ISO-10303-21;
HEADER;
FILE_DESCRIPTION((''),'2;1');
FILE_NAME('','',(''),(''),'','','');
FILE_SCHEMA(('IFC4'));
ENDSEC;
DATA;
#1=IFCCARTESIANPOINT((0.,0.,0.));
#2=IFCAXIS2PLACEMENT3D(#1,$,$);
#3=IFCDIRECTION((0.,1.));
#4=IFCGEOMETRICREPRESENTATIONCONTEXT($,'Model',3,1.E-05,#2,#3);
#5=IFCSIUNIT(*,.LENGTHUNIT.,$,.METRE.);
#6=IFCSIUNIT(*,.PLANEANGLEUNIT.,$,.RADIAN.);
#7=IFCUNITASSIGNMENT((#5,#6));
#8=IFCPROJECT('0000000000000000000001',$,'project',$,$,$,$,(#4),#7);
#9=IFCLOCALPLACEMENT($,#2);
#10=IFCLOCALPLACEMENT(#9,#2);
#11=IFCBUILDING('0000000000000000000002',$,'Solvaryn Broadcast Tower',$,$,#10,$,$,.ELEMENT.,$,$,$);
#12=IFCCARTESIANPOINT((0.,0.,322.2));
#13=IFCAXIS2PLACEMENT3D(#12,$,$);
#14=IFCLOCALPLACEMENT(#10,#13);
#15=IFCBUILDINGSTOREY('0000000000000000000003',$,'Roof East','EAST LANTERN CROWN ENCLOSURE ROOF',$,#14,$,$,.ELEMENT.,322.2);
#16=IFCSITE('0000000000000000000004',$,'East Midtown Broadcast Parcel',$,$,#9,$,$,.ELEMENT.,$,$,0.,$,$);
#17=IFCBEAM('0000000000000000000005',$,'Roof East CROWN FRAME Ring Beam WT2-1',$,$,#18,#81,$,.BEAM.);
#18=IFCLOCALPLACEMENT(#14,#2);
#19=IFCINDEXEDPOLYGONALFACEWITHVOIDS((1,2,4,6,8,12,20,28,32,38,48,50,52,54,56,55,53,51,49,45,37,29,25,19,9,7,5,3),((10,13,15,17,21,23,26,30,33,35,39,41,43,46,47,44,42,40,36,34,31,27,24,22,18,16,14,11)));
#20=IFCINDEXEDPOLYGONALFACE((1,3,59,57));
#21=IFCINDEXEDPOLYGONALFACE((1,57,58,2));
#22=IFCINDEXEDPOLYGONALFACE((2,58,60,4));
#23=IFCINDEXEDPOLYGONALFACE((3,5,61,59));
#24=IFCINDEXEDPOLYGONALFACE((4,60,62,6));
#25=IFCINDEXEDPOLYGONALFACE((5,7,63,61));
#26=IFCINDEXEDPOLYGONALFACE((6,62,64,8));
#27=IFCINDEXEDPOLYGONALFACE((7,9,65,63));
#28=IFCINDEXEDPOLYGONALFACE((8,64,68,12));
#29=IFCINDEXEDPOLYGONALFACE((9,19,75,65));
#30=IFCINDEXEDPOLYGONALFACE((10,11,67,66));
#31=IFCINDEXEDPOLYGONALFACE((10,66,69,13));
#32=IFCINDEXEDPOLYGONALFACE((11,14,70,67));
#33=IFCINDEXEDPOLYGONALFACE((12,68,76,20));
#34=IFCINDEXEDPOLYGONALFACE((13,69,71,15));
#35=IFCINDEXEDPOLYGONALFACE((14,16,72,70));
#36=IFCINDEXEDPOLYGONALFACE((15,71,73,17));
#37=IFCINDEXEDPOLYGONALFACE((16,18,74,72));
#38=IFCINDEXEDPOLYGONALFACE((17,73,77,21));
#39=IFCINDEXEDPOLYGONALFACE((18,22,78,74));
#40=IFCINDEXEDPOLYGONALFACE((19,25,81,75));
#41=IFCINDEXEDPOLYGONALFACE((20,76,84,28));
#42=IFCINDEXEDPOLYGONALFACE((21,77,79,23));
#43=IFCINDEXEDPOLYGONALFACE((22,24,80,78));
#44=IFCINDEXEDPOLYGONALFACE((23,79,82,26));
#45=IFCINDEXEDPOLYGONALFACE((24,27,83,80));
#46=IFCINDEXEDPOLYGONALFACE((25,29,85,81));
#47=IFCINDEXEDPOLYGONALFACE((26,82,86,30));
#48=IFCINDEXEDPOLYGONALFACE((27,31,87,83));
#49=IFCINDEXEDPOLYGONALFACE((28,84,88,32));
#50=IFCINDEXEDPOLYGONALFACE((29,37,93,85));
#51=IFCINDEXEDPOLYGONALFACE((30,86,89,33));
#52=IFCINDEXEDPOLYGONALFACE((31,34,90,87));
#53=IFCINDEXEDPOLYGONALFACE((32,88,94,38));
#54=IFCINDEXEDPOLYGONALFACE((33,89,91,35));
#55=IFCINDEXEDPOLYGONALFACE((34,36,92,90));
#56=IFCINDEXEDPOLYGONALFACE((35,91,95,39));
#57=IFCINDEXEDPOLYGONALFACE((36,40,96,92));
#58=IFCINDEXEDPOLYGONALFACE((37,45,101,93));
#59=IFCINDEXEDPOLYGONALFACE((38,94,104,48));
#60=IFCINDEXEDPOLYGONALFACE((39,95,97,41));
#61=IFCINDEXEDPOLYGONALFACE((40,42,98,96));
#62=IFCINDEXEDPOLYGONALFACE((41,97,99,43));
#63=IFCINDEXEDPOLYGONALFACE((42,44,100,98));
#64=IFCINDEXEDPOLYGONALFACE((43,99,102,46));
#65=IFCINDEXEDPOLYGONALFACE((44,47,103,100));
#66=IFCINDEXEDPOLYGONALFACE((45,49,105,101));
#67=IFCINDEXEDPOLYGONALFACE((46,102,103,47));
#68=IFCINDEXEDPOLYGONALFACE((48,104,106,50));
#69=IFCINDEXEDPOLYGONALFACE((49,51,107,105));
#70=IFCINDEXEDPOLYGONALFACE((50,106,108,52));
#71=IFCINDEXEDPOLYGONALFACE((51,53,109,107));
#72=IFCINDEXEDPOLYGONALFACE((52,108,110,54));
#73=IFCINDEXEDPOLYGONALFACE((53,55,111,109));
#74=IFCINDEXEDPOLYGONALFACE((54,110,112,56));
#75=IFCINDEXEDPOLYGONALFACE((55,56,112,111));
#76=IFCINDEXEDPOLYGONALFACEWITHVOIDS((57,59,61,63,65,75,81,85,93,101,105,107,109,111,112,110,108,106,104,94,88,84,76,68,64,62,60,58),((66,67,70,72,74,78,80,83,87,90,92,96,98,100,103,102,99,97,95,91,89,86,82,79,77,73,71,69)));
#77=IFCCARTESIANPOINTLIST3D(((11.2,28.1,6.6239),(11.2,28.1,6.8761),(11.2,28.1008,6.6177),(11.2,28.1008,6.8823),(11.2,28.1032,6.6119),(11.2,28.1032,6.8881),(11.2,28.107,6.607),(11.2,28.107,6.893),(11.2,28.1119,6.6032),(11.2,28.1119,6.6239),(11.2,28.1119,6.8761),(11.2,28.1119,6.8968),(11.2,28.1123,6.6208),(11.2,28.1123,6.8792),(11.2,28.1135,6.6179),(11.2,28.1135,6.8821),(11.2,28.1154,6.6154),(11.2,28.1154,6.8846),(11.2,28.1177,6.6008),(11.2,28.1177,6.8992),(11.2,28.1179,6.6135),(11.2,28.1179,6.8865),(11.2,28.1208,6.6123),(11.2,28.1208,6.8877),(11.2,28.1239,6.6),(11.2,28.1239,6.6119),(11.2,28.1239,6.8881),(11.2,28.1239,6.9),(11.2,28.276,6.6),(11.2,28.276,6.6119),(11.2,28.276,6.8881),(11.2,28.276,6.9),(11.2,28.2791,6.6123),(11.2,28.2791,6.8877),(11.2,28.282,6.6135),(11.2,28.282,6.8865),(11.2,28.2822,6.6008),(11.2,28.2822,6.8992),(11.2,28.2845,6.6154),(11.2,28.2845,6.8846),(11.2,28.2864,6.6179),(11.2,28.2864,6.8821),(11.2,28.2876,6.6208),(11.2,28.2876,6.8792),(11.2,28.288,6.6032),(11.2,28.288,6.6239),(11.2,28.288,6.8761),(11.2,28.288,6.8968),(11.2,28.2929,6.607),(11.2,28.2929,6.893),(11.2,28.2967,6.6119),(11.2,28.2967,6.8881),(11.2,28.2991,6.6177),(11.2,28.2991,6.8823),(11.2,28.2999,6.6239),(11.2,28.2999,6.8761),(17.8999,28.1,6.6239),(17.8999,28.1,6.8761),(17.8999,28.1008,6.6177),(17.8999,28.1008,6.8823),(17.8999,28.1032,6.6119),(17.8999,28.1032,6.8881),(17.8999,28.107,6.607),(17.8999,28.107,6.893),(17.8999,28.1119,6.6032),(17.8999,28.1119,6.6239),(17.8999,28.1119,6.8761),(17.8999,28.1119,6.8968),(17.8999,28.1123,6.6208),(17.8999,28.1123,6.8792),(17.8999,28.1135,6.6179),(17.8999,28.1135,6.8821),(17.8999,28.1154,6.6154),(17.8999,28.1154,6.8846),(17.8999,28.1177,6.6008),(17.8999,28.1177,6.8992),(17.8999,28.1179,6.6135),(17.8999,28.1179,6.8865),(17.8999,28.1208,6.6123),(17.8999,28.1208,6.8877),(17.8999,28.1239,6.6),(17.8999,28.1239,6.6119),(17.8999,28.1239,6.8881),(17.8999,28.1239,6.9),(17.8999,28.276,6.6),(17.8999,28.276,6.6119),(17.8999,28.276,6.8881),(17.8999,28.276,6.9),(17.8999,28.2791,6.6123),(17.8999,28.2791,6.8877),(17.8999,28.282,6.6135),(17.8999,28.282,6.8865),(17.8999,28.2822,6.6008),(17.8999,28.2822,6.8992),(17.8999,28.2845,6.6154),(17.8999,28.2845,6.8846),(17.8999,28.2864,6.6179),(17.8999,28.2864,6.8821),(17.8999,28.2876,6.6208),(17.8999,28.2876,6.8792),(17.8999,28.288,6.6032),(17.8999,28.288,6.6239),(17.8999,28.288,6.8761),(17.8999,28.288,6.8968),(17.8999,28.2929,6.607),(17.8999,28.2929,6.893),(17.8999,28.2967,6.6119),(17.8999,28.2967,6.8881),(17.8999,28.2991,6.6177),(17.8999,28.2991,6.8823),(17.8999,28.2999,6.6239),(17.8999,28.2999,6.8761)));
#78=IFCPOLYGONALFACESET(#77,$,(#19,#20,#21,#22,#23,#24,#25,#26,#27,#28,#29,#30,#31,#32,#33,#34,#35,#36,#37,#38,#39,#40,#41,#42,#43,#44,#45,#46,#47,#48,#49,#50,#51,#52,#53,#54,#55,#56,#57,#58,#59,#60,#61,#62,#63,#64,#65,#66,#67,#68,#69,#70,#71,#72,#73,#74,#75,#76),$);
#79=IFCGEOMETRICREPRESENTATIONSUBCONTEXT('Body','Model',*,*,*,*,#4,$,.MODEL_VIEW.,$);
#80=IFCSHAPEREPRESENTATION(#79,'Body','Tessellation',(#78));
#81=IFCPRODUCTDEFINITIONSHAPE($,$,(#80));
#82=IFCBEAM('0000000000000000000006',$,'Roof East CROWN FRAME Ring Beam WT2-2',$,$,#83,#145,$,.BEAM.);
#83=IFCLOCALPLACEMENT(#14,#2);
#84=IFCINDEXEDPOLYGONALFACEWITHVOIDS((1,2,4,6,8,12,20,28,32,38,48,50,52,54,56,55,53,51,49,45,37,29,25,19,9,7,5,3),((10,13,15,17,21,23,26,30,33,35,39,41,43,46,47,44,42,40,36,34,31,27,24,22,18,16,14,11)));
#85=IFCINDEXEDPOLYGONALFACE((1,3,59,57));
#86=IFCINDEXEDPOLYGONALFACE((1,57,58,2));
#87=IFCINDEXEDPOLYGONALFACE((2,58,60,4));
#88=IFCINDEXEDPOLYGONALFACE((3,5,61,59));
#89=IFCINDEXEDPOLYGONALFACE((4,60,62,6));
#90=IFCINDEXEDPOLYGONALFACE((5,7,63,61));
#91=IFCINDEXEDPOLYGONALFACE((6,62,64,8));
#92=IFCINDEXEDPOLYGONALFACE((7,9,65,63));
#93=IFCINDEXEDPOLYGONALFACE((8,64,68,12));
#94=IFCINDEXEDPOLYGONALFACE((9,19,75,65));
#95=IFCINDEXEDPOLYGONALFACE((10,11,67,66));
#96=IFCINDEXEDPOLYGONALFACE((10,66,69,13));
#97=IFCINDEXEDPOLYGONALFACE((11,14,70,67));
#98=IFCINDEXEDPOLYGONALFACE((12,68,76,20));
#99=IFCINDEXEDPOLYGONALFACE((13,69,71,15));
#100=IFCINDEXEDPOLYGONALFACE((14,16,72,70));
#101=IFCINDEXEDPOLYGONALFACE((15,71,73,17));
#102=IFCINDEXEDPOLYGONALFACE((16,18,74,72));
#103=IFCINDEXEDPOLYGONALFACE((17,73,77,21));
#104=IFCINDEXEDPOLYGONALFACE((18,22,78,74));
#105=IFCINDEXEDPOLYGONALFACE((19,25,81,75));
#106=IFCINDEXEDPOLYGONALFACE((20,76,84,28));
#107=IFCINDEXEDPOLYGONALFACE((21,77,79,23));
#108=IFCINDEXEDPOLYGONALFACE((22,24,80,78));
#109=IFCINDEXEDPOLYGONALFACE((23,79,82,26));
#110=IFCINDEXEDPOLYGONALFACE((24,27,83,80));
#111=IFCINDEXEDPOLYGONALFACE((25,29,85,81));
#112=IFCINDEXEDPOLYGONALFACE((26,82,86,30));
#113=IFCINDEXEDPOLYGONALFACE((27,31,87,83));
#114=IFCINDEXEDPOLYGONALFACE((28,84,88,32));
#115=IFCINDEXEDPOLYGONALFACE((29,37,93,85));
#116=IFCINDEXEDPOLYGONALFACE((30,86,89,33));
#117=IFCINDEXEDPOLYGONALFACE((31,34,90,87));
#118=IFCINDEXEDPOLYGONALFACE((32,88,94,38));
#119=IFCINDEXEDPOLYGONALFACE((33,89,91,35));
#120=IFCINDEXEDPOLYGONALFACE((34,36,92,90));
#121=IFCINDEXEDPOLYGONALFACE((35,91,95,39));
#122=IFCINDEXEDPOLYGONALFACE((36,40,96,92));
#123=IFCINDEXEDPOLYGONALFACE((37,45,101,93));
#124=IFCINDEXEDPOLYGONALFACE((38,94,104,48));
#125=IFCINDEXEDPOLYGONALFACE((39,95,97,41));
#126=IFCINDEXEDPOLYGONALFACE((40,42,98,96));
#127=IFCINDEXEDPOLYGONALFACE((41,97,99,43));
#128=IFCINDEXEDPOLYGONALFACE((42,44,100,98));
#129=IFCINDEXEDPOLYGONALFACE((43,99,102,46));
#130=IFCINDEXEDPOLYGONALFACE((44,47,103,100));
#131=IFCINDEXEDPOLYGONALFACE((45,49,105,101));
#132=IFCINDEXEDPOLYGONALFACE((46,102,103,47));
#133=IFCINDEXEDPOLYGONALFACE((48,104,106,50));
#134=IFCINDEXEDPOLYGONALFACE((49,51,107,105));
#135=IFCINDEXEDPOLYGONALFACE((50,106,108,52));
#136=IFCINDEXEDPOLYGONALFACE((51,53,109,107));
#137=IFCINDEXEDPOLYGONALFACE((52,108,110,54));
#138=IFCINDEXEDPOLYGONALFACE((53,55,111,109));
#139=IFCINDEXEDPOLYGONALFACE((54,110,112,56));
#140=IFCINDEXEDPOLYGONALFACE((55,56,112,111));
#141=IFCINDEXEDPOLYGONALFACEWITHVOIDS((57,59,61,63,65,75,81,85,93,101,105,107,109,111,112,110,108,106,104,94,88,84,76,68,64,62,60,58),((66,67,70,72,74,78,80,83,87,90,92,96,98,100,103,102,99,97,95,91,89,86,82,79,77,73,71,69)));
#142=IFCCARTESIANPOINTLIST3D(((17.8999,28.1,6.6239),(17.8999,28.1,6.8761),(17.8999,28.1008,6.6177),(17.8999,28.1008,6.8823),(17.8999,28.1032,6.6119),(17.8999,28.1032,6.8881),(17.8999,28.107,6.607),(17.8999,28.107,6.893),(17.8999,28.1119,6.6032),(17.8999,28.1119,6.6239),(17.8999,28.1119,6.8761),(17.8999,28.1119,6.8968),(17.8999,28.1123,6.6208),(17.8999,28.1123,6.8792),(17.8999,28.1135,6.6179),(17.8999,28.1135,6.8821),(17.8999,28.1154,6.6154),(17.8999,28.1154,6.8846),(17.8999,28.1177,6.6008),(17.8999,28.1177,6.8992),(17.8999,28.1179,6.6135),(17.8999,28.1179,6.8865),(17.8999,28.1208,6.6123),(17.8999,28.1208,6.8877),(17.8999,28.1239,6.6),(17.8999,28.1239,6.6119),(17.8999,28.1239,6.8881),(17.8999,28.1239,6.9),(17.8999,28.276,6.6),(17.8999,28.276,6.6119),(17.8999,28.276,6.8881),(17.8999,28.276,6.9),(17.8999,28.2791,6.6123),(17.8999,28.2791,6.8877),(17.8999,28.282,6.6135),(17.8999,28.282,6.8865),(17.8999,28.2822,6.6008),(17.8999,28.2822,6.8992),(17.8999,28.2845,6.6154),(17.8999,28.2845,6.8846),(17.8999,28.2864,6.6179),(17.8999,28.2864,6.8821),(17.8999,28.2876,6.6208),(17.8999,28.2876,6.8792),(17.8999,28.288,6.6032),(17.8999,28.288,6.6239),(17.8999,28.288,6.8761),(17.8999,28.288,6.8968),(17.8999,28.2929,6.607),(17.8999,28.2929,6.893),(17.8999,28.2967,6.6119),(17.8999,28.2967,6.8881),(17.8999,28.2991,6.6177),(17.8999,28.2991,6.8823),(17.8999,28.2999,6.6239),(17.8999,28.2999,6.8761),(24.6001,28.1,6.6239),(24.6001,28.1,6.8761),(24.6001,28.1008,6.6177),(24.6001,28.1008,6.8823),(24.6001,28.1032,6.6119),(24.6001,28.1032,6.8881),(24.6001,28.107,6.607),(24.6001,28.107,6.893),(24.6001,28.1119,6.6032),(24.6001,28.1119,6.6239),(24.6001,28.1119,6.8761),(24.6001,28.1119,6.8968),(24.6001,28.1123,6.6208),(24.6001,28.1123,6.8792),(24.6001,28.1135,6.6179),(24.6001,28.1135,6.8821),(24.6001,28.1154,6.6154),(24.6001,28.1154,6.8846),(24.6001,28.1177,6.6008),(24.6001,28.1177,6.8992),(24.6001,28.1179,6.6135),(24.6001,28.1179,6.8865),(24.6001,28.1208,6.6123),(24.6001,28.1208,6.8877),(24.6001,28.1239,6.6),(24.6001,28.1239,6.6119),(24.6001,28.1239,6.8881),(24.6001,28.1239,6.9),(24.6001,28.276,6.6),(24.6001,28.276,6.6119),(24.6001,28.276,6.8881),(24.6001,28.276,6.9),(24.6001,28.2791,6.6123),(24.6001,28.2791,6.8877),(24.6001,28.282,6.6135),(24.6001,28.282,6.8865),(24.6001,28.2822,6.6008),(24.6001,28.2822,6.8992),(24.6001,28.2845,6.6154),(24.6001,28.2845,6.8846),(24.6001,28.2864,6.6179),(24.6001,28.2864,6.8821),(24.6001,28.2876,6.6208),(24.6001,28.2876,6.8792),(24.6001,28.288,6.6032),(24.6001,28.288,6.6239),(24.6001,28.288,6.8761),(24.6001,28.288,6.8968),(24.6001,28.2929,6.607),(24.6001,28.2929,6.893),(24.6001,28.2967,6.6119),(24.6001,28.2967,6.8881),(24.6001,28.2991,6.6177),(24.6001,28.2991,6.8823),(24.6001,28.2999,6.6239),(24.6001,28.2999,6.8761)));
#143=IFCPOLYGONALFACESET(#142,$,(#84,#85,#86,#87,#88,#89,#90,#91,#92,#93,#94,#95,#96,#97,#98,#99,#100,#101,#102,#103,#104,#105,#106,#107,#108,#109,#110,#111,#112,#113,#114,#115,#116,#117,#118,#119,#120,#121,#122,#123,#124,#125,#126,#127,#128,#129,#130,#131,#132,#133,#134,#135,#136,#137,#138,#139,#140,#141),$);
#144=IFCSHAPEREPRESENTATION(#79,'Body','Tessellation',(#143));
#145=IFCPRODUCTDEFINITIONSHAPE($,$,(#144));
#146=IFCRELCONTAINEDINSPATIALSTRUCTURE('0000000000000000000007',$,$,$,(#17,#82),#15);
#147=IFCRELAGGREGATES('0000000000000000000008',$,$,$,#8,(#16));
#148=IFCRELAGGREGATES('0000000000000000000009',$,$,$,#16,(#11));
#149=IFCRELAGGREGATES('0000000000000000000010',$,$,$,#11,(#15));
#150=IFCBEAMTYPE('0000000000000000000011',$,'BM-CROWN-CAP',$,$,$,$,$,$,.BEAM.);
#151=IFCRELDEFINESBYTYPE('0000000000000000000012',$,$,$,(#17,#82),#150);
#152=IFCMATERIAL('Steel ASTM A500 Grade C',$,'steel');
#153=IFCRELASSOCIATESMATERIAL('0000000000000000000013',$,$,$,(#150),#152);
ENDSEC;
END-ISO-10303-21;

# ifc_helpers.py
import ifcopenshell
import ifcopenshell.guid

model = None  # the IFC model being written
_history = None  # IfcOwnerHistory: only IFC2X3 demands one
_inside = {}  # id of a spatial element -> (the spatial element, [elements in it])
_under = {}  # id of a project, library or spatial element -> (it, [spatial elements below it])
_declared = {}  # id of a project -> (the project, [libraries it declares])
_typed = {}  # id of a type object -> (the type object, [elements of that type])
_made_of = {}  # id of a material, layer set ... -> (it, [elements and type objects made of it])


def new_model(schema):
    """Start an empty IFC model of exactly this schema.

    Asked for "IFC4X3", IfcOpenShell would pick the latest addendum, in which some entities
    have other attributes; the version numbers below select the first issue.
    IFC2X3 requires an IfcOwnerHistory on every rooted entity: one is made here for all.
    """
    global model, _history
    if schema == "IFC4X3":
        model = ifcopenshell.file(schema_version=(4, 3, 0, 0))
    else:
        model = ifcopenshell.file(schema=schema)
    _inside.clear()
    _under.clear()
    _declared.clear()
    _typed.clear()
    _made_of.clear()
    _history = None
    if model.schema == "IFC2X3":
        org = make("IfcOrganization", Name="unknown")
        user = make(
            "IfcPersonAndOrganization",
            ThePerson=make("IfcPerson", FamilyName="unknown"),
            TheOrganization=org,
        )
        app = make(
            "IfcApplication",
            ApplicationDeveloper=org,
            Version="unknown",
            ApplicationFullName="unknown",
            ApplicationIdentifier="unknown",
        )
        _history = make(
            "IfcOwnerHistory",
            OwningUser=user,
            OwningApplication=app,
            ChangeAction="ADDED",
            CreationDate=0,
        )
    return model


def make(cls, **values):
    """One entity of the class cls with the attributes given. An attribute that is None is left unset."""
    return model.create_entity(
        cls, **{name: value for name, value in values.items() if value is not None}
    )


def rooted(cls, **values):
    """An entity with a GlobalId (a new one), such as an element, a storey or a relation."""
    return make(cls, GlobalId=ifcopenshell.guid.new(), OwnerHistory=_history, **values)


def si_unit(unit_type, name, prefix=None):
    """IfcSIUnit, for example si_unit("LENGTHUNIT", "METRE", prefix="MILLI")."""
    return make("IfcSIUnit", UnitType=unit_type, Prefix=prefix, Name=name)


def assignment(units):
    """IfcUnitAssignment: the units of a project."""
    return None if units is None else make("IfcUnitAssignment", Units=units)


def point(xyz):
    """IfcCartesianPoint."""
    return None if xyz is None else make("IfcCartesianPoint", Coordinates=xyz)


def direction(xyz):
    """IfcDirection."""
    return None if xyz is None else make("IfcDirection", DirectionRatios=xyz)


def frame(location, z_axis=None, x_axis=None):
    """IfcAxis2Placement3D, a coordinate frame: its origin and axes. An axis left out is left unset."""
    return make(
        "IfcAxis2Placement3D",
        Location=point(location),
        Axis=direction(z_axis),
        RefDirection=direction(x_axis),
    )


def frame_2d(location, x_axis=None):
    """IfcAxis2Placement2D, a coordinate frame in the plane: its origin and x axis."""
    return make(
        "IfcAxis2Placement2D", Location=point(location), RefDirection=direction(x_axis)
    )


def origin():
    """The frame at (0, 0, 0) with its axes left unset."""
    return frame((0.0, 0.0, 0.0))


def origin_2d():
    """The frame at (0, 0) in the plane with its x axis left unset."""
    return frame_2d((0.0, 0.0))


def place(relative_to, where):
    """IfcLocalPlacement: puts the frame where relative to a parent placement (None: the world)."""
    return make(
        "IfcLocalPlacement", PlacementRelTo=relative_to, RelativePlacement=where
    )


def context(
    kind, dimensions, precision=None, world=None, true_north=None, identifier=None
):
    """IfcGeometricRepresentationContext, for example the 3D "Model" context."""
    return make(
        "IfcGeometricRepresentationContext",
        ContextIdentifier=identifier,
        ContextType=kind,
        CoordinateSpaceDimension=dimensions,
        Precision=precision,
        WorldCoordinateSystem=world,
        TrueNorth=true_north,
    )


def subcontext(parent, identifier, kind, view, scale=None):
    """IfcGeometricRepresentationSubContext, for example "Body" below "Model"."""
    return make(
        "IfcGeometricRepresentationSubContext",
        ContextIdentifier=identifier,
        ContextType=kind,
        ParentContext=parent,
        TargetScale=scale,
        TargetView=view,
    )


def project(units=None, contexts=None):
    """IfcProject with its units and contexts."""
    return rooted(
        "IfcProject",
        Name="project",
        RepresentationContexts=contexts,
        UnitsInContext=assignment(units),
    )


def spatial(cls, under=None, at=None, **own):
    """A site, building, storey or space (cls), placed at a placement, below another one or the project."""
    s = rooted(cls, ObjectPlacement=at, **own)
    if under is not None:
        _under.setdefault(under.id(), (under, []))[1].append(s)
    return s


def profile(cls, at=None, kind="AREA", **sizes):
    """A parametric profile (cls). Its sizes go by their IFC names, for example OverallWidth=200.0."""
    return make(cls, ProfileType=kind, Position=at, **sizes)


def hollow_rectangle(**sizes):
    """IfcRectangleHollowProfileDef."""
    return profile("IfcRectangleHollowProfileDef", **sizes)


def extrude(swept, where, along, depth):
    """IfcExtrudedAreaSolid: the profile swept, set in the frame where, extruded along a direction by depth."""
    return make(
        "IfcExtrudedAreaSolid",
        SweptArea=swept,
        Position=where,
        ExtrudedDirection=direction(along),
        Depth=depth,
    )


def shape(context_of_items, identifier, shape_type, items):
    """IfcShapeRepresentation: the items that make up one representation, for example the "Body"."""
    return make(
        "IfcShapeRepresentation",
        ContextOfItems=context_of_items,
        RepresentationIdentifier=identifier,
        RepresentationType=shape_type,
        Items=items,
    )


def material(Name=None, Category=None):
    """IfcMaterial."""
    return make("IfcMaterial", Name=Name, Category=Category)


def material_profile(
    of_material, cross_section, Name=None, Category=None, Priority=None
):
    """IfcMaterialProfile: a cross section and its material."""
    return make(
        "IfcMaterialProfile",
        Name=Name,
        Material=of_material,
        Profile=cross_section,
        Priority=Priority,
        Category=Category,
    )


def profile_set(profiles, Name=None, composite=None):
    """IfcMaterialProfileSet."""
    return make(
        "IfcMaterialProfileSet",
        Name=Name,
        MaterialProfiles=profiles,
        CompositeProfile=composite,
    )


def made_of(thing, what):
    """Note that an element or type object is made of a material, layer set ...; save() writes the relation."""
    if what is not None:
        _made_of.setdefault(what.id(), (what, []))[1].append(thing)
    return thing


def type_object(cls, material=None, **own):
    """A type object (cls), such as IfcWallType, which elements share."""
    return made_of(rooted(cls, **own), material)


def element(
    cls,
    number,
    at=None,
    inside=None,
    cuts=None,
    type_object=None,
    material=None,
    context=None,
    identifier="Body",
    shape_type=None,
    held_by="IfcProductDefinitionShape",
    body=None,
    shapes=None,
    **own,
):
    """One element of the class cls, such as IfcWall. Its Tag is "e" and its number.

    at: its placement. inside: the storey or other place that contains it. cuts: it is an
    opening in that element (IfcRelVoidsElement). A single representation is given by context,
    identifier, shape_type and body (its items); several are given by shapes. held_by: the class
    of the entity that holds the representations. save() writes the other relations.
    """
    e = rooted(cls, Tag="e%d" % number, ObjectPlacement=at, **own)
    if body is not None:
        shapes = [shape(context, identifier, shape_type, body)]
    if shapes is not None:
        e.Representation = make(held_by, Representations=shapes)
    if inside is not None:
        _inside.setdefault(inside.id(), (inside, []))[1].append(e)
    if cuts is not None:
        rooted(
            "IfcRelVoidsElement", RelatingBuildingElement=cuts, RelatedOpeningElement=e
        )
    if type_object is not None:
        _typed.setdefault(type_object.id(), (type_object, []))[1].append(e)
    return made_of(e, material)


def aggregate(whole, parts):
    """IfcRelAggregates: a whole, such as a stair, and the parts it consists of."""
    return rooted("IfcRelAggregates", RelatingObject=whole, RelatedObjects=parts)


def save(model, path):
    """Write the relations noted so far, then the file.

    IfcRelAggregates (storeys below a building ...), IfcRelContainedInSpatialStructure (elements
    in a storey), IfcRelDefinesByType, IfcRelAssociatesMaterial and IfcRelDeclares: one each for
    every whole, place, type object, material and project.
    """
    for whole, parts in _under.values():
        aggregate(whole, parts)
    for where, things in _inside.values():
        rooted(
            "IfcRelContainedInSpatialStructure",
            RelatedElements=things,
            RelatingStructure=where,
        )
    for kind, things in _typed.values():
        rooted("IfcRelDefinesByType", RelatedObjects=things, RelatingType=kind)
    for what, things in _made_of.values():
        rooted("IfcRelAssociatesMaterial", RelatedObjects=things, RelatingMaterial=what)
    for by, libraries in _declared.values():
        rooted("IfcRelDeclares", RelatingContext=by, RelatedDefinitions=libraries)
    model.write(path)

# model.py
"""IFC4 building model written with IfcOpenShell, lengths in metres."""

from ifc_helpers import new_model, si_unit, direction, frame, origin, origin_2d, place, context, subcontext, project, spatial, hollow_rectangle, extrude, material, material_profile, profile_set, type_object, element, save


model = new_model("IFC4")

# Units and contexts
model_context = context("Model", 3, precision=1e-05, world=origin(), true_north=direction((0.0, 1.0)))
body_context = subcontext(model_context, "Body", "Model", "MODEL_VIEW")
ifc_project = project(units=[si_unit("LENGTHUNIT", "METRE"), si_unit("PLANEANGLEUNIT", "RADIAN")], contexts=[model_context])

# Site, building, storey
site_placement = place(None, origin())
site = spatial("IfcSite", under=ifc_project, at=site_placement, Name="East Midtown Broadcast Parcel", CompositionType="ELEMENT", RefElevation=0.0)
building_placement = place(site_placement, origin())
building = spatial("IfcBuilding", under=site, at=building_placement, Name="Solvaryn Broadcast Tower", CompositionType="ELEMENT")
storey_placement = place(building_placement, frame((0.0, 0.0, 322.2)))
storey = spatial("IfcBuildingStorey", under=building, at=storey_placement, Name="Roof East", Description="EAST LANTERN CROWN ENCLOSURE ROOF", CompositionType="ELEMENT", Elevation=322.2)

# Beams
ifc_material_1 = material(Name="Steel ASTM A500 Grade C", Category="steel")
ifc_material_profile_1 = material_profile(ifc_material_1, hollow_rectangle(XDim=0.2, YDim=0.3, WallThickness=0.012, InnerFilletRadius=0.012, OuterFilletRadius=0.0239, at=origin_2d()))
ifc_profile_set_1 = profile_set([ifc_material_profile_1], Name="Steel ASTM A500 Grade C")
beam_type_1 = type_object("IfcBeamType", Name="BM-CROWN-CAP", PredefinedType="BEAM", material=ifc_profile_set_1)
beam_1_placement = place(storey_placement, frame((11.2, 28.2, 6.75), z_axis=(1.0, 0.0, 0.0), x_axis=(0.0, 1.0, 0.0)))
element("IfcBeam", 1, at=beam_1_placement, inside=storey, type_object=beam_type_1, Name="Roof East CROWN FRAME Ring Beam WT2-1", PredefinedType="BEAM", context=body_context, shape_type="SweptSolid", body=[
    extrude(hollow_rectangle(XDim=0.2, YDim=0.3, WallThickness=0.012, InnerFilletRadius=0.012, OuterFilletRadius=0.0239, at=origin_2d()), origin(), (0.0, 0.0, 1.0), 6.7),
])
beam_2_placement = place(storey_placement, frame((17.8999, 28.2, 6.75), z_axis=(1.0, 0.0, 0.0), x_axis=(0.0, 1.0, 0.0)))
element("IfcBeam", 2, at=beam_2_placement, inside=storey, type_object=beam_type_1, Name="Roof East CROWN FRAME Ring Beam WT2-2", PredefinedType="BEAM", context=body_context, shape_type="SweptSolid", body=[
    extrude(hollow_rectangle(XDim=0.2, YDim=0.3, WallThickness=0.012, InnerFilletRadius=0.012, OuterFilletRadius=0.0239, at=origin_2d()), origin(), (0.0, 0.0, 1.0), 6.7002),
])

save(model, "model.ifc")
